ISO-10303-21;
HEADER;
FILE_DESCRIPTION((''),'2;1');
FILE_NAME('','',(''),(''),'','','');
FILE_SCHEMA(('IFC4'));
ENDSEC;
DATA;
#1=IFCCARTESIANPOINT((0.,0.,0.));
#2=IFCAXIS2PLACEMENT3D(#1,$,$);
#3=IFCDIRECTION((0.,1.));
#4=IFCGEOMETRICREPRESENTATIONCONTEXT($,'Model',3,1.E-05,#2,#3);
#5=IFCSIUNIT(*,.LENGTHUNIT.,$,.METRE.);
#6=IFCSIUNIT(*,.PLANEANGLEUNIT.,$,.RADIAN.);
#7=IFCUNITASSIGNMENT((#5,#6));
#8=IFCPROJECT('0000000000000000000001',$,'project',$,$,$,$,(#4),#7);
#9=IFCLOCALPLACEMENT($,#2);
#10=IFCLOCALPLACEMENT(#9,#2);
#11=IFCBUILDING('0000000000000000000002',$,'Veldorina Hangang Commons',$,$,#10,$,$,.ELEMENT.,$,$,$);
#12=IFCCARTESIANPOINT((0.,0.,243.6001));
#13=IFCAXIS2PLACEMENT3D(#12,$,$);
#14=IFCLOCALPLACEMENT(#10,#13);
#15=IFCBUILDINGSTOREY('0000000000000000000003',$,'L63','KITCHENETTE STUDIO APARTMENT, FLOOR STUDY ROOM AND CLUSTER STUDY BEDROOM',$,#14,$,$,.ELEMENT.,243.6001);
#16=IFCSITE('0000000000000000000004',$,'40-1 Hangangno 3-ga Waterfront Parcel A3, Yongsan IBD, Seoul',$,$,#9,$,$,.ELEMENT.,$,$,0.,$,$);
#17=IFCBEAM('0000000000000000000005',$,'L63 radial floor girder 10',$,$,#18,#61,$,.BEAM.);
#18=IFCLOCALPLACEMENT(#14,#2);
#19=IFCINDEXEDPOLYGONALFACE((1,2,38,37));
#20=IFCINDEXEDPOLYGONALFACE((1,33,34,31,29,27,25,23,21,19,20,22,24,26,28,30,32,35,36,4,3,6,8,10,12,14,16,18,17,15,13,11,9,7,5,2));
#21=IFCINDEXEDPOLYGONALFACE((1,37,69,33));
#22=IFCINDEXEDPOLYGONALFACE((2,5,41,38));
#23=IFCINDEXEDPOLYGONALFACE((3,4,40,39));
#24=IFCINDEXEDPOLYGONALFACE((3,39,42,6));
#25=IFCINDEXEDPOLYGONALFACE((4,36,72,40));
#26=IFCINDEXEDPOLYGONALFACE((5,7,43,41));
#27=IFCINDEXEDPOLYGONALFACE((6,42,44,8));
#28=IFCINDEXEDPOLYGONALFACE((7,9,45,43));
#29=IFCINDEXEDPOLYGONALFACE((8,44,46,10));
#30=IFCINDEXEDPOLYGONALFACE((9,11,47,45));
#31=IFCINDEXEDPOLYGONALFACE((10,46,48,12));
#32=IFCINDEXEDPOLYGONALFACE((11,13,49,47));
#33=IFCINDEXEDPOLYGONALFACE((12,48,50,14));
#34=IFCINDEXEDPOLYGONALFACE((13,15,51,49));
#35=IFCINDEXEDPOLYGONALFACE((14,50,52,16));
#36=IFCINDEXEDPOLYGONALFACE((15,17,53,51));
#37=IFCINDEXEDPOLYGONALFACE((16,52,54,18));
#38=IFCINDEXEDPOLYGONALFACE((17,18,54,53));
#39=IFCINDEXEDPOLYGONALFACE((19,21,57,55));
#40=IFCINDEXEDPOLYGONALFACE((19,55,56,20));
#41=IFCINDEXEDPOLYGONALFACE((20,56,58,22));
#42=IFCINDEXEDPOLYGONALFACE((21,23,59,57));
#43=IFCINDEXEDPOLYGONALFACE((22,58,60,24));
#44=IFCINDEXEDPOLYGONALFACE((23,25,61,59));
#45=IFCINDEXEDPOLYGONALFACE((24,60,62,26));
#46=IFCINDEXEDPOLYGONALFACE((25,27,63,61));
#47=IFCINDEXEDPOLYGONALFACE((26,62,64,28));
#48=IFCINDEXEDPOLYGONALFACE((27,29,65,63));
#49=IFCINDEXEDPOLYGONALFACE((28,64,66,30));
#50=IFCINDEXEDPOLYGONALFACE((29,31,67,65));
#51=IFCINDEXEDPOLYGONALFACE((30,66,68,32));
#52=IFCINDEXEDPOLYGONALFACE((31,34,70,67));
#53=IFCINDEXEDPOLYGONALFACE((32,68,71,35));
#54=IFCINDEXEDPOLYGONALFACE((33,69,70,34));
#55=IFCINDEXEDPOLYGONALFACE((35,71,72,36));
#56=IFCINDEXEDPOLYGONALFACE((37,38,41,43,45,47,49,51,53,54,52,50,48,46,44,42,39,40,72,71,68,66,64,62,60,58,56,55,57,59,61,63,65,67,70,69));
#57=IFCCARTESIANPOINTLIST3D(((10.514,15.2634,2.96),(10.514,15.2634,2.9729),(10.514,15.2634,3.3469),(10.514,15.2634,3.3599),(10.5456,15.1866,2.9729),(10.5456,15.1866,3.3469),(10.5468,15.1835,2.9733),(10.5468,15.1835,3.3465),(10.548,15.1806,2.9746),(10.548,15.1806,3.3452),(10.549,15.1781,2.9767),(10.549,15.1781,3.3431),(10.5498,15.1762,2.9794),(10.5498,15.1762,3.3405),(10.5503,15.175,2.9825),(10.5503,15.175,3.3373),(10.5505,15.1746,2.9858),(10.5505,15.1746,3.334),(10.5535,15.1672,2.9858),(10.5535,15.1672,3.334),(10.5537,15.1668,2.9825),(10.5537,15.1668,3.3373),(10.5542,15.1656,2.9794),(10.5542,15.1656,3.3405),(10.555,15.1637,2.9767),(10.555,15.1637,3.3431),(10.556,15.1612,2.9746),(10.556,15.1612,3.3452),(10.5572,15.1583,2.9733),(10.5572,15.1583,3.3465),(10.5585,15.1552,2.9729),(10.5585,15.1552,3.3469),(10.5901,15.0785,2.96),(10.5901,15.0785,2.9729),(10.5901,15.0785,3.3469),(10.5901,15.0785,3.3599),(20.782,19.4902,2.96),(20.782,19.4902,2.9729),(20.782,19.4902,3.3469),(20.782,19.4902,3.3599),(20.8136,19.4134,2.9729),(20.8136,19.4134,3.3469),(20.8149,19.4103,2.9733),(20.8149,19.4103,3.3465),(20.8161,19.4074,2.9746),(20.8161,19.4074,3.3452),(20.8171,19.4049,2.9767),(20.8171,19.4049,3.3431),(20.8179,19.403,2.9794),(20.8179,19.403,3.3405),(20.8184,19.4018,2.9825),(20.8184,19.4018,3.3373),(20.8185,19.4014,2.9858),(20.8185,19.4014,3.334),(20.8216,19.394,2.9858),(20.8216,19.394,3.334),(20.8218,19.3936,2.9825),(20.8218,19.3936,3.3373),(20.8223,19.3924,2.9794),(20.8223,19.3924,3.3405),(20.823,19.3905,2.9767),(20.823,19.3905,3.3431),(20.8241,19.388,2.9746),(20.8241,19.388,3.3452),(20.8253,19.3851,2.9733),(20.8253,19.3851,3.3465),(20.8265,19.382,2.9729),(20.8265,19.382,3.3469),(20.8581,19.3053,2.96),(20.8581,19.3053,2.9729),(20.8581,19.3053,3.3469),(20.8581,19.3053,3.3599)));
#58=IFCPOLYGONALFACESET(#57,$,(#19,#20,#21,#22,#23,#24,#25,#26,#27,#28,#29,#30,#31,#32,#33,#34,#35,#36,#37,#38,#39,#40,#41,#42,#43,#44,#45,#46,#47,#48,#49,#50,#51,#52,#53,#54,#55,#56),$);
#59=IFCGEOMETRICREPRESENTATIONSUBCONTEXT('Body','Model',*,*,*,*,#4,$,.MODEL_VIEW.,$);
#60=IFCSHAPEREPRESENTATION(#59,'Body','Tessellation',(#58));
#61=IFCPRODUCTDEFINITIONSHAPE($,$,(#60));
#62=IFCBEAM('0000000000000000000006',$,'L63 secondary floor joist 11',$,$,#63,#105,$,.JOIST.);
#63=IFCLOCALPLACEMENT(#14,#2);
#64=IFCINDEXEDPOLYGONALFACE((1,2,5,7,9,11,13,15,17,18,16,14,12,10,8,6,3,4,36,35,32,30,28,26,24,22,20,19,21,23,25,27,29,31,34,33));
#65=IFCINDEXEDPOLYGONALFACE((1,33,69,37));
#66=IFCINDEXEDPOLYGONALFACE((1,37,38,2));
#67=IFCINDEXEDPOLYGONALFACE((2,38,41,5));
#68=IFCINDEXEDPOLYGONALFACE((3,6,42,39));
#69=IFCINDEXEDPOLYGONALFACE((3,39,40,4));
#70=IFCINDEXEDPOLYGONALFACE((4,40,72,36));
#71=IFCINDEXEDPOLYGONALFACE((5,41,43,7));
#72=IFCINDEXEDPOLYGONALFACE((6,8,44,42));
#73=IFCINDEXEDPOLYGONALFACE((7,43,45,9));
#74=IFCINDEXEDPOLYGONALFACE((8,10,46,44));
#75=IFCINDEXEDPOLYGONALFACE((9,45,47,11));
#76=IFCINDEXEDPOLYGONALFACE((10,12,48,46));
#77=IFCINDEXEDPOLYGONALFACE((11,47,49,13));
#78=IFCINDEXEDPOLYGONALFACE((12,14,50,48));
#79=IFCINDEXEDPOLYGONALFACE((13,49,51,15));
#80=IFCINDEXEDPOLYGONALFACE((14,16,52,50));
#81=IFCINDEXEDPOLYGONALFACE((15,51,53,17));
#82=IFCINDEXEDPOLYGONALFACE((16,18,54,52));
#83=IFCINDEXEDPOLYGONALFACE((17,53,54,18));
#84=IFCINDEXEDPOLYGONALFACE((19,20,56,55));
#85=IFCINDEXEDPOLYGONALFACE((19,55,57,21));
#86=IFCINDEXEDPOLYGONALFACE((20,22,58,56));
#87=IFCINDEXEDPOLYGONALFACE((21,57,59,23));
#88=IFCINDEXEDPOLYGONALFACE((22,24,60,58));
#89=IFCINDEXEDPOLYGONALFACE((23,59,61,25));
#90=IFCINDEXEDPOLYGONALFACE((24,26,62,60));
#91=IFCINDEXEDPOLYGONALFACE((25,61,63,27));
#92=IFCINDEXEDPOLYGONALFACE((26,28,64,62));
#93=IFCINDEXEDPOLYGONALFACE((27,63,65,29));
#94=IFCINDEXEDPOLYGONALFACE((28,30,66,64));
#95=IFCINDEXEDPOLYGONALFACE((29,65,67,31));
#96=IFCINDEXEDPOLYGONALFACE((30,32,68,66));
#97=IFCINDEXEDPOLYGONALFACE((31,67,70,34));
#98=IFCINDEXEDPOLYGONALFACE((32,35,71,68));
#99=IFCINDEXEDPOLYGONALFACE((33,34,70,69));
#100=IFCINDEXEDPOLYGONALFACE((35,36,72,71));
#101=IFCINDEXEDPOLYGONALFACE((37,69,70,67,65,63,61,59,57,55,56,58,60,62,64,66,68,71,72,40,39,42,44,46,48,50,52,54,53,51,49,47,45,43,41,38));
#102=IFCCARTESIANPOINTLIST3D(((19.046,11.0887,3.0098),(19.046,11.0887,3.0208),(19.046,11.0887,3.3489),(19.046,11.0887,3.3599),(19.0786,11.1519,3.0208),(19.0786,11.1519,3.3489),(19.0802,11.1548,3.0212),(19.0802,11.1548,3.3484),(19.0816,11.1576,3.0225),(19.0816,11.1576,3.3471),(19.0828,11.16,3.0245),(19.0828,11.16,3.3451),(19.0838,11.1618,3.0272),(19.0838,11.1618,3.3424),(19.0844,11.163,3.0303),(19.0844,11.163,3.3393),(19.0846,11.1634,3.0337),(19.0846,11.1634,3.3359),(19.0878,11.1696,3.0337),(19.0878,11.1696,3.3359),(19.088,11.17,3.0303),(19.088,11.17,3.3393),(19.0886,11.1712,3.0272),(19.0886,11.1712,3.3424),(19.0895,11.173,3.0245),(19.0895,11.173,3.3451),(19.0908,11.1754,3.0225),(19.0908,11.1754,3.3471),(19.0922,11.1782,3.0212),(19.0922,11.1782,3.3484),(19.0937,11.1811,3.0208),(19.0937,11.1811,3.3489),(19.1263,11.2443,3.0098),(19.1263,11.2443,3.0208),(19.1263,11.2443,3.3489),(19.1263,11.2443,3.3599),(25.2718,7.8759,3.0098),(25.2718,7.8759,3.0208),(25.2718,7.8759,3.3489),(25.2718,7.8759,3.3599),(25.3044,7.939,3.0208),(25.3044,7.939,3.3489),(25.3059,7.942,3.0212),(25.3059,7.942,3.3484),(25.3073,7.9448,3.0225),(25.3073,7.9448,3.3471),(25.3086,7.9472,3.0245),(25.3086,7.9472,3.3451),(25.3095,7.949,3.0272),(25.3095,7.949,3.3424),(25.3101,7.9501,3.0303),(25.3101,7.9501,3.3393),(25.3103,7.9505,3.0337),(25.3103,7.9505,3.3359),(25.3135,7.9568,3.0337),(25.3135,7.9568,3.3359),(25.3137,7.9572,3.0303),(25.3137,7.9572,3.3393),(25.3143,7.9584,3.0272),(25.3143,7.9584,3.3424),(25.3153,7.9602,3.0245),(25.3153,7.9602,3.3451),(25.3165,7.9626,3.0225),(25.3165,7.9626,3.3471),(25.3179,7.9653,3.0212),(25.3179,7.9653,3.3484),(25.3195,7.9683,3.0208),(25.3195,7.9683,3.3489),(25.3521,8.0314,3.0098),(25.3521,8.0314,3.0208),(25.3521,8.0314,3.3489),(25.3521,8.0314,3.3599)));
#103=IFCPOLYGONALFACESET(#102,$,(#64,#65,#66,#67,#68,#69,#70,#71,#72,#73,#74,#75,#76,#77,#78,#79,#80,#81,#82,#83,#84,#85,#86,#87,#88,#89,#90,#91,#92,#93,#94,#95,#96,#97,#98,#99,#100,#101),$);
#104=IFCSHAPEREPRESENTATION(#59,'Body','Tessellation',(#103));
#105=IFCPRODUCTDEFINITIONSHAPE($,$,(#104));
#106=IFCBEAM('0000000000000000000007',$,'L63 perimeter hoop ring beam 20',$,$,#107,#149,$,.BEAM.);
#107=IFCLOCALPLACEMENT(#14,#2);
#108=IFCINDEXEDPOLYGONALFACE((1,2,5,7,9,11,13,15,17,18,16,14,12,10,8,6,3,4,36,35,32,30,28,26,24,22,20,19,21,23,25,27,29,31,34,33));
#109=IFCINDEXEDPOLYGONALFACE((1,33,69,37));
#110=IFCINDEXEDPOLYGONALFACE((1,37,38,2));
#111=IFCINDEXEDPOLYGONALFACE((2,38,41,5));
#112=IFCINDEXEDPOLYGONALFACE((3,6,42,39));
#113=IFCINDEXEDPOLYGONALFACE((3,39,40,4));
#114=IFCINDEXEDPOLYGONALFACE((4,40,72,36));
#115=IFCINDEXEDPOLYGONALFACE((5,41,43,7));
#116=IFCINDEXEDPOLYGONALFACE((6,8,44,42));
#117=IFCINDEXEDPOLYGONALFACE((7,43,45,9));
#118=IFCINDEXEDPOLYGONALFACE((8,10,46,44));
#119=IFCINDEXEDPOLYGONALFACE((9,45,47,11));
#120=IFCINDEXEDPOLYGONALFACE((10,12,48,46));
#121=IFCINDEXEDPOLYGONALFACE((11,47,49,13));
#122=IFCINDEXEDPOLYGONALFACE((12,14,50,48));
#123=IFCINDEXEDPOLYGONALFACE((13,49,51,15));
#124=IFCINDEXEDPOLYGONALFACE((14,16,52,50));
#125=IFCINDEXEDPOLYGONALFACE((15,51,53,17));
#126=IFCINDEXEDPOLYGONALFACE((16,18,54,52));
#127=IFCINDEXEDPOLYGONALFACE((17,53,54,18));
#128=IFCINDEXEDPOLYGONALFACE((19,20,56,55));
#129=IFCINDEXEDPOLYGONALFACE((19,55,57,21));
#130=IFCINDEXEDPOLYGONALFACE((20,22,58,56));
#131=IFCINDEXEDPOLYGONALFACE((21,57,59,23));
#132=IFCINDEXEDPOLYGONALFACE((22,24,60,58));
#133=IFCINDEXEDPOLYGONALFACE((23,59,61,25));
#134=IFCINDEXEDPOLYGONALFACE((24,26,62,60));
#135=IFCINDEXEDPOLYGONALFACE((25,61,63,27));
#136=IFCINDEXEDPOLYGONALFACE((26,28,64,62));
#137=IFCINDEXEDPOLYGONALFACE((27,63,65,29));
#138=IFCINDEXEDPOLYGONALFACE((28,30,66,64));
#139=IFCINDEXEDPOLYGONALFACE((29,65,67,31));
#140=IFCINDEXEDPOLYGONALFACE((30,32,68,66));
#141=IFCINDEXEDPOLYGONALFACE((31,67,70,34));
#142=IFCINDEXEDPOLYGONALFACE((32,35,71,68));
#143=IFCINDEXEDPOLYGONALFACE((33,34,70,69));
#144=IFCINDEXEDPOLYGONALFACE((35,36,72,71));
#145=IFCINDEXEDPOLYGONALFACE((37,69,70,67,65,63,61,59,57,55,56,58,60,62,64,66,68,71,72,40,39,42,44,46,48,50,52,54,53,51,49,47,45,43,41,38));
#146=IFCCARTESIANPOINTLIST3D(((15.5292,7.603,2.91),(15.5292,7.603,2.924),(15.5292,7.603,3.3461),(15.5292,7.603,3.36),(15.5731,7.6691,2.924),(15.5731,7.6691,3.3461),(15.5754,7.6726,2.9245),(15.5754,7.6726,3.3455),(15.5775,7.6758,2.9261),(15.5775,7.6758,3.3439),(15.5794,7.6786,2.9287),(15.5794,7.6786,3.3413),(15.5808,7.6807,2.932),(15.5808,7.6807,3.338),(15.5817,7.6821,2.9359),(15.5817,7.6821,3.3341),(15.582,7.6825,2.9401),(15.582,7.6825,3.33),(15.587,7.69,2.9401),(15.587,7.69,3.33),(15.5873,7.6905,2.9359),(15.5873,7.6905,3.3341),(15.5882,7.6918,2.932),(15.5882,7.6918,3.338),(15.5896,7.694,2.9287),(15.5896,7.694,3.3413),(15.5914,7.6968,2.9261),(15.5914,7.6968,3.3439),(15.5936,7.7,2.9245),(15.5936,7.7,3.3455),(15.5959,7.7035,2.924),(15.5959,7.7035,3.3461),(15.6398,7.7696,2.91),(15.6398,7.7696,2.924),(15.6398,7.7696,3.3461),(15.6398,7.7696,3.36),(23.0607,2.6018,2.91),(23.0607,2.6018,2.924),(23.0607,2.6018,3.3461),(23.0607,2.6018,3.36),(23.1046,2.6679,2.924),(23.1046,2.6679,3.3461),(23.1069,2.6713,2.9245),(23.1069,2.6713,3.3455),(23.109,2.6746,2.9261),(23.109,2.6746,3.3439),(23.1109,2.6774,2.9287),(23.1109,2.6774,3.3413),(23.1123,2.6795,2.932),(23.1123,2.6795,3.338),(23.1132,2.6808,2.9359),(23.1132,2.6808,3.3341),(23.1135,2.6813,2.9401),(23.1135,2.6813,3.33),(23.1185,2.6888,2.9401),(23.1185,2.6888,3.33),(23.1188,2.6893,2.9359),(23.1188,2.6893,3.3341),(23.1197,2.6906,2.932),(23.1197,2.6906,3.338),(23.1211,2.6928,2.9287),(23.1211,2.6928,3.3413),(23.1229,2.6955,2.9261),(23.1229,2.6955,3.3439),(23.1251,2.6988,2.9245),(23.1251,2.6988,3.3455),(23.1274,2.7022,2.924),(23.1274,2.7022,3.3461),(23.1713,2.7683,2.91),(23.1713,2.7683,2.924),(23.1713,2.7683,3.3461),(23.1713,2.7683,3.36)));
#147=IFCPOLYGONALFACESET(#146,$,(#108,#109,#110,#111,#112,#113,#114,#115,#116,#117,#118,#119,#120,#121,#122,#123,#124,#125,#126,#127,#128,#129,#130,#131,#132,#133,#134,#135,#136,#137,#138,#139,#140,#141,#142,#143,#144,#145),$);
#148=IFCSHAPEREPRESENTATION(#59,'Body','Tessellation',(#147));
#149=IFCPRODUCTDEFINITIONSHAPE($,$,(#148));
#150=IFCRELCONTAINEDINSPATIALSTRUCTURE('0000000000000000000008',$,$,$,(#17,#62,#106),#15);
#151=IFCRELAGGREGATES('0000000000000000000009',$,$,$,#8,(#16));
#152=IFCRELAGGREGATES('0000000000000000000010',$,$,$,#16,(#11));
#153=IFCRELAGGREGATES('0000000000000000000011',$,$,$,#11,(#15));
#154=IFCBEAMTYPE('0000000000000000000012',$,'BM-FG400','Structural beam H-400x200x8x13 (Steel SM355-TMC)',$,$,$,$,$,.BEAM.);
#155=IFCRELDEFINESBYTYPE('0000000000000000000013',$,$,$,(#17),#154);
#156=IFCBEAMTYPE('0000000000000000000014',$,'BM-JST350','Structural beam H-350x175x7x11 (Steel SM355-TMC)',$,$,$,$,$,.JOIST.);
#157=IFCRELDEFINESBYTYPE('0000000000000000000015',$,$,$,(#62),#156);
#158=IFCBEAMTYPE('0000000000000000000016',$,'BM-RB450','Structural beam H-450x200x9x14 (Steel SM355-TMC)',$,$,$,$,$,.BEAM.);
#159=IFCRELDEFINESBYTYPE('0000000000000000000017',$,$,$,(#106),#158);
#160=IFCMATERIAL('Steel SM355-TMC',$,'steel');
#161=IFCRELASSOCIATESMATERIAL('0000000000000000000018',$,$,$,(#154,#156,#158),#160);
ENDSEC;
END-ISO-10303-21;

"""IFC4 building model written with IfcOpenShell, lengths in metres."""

from ifc_helpers import new_model, si_unit, direction, frame, origin, origin_2d, place, context, subcontext, project, spatial, i_section, extrude, material, material_profile, profile_set, type_object, element, save


model = new_model("IFC4")

# Units and contexts
model_context = context("Model", 3, precision=1e-05, world=origin(), true_north=direction((0.0, 1.0)))
body_context = subcontext(model_context, "Body", "Model", "MODEL_VIEW")
ifc_project = project(units=[si_unit("LENGTHUNIT", "METRE"), si_unit("PLANEANGLEUNIT", "RADIAN")], contexts=[model_context])

# Site, building, storey
site_placement = place(None, origin())
site = spatial("IfcSite", under=ifc_project, at=site_placement, Name="40-1 Hangangno 3-ga Waterfront Parcel A3, Yongsan IBD, Seoul", CompositionType="ELEMENT", RefElevation=0.0)
building_placement = place(site_placement, origin())
building = spatial("IfcBuilding", under=site, at=building_placement, Name="Veldorina Hangang Commons", CompositionType="ELEMENT")
storey_placement = place(building_placement, frame((0.0, 0.0, 243.6001)))
storey = spatial("IfcBuildingStorey", under=building, at=storey_placement, Name="L63", Description="KITCHENETTE STUDIO APARTMENT, FLOOR STUDY ROOM AND CLUSTER STUDY BEDROOM", CompositionType="ELEMENT", Elevation=243.6001)

# Beams
ifc_material_1 = material(Name="Steel SM355-TMC", Category="steel")
ifc_material_profile_1 = material_profile(ifc_material_1, i_section(OverallWidth=0.2, OverallDepth=0.3999, WebThickness=0.0081, FlangeThickness=0.0129, FilletRadius=0.0129, at=origin_2d()), Name="H-400x200x8x13")
ifc_profile_set_1 = profile_set([ifc_material_profile_1], Name="Steel SM355-TMC")
beam_type_1 = type_object("IfcBeamType", Name="BM-FG400", Description="Structural beam H-400x200x8x13 (Steel SM355-TMC)", PredefinedType="BEAM", material=ifc_profile_set_1)
beam_1_placement = place(storey_placement, frame((20.8201, 19.3977, 3.1599), z_axis=(-0.924717, -0.380656, 0.0), x_axis=(0.380656, -0.924717, 0.0)))
element("IfcBeam", 1, at=beam_1_placement, inside=storey, type_object=beam_type_1, Name="L63 radial floor girder 10", PredefinedType="BEAM", context=body_context, shape_type="SweptSolid", body=[
    extrude(i_section(OverallWidth=0.2, OverallDepth=0.3999, WebThickness=0.0081, FlangeThickness=0.0129, FilletRadius=0.0129, at=origin_2d()), origin(), (0.0, 0.0, 1.0), 11.104),
])
ifc_material_profile_2 = material_profile(ifc_material_1, i_section(OverallWidth=0.175, OverallDepth=0.3501, WebThickness=0.0071, FlangeThickness=0.011, FilletRadius=0.0129, at=origin_2d()), Name="H-350x175x7x11")
ifc_profile_set_2 = profile_set([ifc_material_profile_2], Name="Steel SM355-TMC")
beam_type_2 = type_object("IfcBeamType", Name="BM-JST350", Description="Structural beam H-350x175x7x11 (Steel SM355-TMC)", PredefinedType="JOIST", material=ifc_profile_set_2)
beam_2_placement = place(storey_placement, frame((19.0862, 11.1665, 3.1848), z_axis=(0.888646, -0.458593, 0.0), x_axis=(0.458593, 0.888646, 0.0)))
element("IfcBeam", 2, at=beam_2_placement, inside=storey, type_object=beam_type_2, Name="L63 secondary floor joist 11", PredefinedType="JOIST", context=body_context, shape_type="SweptSolid", body=[
    extrude(i_section(OverallWidth=0.175, OverallDepth=0.3501, WebThickness=0.0071, FlangeThickness=0.011, FilletRadius=0.0129, at=origin_2d()), origin(), (0.0, 0.0, 1.0), 7.0059),
])
ifc_material_profile_3 = material_profile(ifc_material_1, i_section(OverallWidth=0.2, OverallDepth=0.45, WebThickness=0.009, FlangeThickness=0.0139, FilletRadius=0.0161, at=origin_2d()), Name="H-450x200x9x14")
ifc_profile_set_3 = profile_set([ifc_material_profile_3], Name="Steel SM355-TMC")
beam_type_3 = type_object("IfcBeamType", Name="BM-RB450", Description="Structural beam H-450x200x9x14 (Steel SM355-TMC)", PredefinedType="BEAM", material=ifc_profile_set_3)
beam_3_placement = place(storey_placement, frame((15.5845, 7.6863, 3.135), z_axis=(0.833058, -0.553185, 0.0), x_axis=(0.553185, 0.833058, 0.0)))
element("IfcBeam", 3, at=beam_3_placement, inside=storey, type_object=beam_type_3, Name="L63 perimeter hoop ring beam 20", PredefinedType="BEAM", context=body_context, shape_type="SweptSolid", body=[
    extrude(i_section(OverallWidth=0.2, OverallDepth=0.45, WebThickness=0.009, FlangeThickness=0.0139, FilletRadius=0.0161, at=origin_2d()), origin(), (0.0, 0.0, 1.0), 9.0408),
])

save(model, "model.ifc")
